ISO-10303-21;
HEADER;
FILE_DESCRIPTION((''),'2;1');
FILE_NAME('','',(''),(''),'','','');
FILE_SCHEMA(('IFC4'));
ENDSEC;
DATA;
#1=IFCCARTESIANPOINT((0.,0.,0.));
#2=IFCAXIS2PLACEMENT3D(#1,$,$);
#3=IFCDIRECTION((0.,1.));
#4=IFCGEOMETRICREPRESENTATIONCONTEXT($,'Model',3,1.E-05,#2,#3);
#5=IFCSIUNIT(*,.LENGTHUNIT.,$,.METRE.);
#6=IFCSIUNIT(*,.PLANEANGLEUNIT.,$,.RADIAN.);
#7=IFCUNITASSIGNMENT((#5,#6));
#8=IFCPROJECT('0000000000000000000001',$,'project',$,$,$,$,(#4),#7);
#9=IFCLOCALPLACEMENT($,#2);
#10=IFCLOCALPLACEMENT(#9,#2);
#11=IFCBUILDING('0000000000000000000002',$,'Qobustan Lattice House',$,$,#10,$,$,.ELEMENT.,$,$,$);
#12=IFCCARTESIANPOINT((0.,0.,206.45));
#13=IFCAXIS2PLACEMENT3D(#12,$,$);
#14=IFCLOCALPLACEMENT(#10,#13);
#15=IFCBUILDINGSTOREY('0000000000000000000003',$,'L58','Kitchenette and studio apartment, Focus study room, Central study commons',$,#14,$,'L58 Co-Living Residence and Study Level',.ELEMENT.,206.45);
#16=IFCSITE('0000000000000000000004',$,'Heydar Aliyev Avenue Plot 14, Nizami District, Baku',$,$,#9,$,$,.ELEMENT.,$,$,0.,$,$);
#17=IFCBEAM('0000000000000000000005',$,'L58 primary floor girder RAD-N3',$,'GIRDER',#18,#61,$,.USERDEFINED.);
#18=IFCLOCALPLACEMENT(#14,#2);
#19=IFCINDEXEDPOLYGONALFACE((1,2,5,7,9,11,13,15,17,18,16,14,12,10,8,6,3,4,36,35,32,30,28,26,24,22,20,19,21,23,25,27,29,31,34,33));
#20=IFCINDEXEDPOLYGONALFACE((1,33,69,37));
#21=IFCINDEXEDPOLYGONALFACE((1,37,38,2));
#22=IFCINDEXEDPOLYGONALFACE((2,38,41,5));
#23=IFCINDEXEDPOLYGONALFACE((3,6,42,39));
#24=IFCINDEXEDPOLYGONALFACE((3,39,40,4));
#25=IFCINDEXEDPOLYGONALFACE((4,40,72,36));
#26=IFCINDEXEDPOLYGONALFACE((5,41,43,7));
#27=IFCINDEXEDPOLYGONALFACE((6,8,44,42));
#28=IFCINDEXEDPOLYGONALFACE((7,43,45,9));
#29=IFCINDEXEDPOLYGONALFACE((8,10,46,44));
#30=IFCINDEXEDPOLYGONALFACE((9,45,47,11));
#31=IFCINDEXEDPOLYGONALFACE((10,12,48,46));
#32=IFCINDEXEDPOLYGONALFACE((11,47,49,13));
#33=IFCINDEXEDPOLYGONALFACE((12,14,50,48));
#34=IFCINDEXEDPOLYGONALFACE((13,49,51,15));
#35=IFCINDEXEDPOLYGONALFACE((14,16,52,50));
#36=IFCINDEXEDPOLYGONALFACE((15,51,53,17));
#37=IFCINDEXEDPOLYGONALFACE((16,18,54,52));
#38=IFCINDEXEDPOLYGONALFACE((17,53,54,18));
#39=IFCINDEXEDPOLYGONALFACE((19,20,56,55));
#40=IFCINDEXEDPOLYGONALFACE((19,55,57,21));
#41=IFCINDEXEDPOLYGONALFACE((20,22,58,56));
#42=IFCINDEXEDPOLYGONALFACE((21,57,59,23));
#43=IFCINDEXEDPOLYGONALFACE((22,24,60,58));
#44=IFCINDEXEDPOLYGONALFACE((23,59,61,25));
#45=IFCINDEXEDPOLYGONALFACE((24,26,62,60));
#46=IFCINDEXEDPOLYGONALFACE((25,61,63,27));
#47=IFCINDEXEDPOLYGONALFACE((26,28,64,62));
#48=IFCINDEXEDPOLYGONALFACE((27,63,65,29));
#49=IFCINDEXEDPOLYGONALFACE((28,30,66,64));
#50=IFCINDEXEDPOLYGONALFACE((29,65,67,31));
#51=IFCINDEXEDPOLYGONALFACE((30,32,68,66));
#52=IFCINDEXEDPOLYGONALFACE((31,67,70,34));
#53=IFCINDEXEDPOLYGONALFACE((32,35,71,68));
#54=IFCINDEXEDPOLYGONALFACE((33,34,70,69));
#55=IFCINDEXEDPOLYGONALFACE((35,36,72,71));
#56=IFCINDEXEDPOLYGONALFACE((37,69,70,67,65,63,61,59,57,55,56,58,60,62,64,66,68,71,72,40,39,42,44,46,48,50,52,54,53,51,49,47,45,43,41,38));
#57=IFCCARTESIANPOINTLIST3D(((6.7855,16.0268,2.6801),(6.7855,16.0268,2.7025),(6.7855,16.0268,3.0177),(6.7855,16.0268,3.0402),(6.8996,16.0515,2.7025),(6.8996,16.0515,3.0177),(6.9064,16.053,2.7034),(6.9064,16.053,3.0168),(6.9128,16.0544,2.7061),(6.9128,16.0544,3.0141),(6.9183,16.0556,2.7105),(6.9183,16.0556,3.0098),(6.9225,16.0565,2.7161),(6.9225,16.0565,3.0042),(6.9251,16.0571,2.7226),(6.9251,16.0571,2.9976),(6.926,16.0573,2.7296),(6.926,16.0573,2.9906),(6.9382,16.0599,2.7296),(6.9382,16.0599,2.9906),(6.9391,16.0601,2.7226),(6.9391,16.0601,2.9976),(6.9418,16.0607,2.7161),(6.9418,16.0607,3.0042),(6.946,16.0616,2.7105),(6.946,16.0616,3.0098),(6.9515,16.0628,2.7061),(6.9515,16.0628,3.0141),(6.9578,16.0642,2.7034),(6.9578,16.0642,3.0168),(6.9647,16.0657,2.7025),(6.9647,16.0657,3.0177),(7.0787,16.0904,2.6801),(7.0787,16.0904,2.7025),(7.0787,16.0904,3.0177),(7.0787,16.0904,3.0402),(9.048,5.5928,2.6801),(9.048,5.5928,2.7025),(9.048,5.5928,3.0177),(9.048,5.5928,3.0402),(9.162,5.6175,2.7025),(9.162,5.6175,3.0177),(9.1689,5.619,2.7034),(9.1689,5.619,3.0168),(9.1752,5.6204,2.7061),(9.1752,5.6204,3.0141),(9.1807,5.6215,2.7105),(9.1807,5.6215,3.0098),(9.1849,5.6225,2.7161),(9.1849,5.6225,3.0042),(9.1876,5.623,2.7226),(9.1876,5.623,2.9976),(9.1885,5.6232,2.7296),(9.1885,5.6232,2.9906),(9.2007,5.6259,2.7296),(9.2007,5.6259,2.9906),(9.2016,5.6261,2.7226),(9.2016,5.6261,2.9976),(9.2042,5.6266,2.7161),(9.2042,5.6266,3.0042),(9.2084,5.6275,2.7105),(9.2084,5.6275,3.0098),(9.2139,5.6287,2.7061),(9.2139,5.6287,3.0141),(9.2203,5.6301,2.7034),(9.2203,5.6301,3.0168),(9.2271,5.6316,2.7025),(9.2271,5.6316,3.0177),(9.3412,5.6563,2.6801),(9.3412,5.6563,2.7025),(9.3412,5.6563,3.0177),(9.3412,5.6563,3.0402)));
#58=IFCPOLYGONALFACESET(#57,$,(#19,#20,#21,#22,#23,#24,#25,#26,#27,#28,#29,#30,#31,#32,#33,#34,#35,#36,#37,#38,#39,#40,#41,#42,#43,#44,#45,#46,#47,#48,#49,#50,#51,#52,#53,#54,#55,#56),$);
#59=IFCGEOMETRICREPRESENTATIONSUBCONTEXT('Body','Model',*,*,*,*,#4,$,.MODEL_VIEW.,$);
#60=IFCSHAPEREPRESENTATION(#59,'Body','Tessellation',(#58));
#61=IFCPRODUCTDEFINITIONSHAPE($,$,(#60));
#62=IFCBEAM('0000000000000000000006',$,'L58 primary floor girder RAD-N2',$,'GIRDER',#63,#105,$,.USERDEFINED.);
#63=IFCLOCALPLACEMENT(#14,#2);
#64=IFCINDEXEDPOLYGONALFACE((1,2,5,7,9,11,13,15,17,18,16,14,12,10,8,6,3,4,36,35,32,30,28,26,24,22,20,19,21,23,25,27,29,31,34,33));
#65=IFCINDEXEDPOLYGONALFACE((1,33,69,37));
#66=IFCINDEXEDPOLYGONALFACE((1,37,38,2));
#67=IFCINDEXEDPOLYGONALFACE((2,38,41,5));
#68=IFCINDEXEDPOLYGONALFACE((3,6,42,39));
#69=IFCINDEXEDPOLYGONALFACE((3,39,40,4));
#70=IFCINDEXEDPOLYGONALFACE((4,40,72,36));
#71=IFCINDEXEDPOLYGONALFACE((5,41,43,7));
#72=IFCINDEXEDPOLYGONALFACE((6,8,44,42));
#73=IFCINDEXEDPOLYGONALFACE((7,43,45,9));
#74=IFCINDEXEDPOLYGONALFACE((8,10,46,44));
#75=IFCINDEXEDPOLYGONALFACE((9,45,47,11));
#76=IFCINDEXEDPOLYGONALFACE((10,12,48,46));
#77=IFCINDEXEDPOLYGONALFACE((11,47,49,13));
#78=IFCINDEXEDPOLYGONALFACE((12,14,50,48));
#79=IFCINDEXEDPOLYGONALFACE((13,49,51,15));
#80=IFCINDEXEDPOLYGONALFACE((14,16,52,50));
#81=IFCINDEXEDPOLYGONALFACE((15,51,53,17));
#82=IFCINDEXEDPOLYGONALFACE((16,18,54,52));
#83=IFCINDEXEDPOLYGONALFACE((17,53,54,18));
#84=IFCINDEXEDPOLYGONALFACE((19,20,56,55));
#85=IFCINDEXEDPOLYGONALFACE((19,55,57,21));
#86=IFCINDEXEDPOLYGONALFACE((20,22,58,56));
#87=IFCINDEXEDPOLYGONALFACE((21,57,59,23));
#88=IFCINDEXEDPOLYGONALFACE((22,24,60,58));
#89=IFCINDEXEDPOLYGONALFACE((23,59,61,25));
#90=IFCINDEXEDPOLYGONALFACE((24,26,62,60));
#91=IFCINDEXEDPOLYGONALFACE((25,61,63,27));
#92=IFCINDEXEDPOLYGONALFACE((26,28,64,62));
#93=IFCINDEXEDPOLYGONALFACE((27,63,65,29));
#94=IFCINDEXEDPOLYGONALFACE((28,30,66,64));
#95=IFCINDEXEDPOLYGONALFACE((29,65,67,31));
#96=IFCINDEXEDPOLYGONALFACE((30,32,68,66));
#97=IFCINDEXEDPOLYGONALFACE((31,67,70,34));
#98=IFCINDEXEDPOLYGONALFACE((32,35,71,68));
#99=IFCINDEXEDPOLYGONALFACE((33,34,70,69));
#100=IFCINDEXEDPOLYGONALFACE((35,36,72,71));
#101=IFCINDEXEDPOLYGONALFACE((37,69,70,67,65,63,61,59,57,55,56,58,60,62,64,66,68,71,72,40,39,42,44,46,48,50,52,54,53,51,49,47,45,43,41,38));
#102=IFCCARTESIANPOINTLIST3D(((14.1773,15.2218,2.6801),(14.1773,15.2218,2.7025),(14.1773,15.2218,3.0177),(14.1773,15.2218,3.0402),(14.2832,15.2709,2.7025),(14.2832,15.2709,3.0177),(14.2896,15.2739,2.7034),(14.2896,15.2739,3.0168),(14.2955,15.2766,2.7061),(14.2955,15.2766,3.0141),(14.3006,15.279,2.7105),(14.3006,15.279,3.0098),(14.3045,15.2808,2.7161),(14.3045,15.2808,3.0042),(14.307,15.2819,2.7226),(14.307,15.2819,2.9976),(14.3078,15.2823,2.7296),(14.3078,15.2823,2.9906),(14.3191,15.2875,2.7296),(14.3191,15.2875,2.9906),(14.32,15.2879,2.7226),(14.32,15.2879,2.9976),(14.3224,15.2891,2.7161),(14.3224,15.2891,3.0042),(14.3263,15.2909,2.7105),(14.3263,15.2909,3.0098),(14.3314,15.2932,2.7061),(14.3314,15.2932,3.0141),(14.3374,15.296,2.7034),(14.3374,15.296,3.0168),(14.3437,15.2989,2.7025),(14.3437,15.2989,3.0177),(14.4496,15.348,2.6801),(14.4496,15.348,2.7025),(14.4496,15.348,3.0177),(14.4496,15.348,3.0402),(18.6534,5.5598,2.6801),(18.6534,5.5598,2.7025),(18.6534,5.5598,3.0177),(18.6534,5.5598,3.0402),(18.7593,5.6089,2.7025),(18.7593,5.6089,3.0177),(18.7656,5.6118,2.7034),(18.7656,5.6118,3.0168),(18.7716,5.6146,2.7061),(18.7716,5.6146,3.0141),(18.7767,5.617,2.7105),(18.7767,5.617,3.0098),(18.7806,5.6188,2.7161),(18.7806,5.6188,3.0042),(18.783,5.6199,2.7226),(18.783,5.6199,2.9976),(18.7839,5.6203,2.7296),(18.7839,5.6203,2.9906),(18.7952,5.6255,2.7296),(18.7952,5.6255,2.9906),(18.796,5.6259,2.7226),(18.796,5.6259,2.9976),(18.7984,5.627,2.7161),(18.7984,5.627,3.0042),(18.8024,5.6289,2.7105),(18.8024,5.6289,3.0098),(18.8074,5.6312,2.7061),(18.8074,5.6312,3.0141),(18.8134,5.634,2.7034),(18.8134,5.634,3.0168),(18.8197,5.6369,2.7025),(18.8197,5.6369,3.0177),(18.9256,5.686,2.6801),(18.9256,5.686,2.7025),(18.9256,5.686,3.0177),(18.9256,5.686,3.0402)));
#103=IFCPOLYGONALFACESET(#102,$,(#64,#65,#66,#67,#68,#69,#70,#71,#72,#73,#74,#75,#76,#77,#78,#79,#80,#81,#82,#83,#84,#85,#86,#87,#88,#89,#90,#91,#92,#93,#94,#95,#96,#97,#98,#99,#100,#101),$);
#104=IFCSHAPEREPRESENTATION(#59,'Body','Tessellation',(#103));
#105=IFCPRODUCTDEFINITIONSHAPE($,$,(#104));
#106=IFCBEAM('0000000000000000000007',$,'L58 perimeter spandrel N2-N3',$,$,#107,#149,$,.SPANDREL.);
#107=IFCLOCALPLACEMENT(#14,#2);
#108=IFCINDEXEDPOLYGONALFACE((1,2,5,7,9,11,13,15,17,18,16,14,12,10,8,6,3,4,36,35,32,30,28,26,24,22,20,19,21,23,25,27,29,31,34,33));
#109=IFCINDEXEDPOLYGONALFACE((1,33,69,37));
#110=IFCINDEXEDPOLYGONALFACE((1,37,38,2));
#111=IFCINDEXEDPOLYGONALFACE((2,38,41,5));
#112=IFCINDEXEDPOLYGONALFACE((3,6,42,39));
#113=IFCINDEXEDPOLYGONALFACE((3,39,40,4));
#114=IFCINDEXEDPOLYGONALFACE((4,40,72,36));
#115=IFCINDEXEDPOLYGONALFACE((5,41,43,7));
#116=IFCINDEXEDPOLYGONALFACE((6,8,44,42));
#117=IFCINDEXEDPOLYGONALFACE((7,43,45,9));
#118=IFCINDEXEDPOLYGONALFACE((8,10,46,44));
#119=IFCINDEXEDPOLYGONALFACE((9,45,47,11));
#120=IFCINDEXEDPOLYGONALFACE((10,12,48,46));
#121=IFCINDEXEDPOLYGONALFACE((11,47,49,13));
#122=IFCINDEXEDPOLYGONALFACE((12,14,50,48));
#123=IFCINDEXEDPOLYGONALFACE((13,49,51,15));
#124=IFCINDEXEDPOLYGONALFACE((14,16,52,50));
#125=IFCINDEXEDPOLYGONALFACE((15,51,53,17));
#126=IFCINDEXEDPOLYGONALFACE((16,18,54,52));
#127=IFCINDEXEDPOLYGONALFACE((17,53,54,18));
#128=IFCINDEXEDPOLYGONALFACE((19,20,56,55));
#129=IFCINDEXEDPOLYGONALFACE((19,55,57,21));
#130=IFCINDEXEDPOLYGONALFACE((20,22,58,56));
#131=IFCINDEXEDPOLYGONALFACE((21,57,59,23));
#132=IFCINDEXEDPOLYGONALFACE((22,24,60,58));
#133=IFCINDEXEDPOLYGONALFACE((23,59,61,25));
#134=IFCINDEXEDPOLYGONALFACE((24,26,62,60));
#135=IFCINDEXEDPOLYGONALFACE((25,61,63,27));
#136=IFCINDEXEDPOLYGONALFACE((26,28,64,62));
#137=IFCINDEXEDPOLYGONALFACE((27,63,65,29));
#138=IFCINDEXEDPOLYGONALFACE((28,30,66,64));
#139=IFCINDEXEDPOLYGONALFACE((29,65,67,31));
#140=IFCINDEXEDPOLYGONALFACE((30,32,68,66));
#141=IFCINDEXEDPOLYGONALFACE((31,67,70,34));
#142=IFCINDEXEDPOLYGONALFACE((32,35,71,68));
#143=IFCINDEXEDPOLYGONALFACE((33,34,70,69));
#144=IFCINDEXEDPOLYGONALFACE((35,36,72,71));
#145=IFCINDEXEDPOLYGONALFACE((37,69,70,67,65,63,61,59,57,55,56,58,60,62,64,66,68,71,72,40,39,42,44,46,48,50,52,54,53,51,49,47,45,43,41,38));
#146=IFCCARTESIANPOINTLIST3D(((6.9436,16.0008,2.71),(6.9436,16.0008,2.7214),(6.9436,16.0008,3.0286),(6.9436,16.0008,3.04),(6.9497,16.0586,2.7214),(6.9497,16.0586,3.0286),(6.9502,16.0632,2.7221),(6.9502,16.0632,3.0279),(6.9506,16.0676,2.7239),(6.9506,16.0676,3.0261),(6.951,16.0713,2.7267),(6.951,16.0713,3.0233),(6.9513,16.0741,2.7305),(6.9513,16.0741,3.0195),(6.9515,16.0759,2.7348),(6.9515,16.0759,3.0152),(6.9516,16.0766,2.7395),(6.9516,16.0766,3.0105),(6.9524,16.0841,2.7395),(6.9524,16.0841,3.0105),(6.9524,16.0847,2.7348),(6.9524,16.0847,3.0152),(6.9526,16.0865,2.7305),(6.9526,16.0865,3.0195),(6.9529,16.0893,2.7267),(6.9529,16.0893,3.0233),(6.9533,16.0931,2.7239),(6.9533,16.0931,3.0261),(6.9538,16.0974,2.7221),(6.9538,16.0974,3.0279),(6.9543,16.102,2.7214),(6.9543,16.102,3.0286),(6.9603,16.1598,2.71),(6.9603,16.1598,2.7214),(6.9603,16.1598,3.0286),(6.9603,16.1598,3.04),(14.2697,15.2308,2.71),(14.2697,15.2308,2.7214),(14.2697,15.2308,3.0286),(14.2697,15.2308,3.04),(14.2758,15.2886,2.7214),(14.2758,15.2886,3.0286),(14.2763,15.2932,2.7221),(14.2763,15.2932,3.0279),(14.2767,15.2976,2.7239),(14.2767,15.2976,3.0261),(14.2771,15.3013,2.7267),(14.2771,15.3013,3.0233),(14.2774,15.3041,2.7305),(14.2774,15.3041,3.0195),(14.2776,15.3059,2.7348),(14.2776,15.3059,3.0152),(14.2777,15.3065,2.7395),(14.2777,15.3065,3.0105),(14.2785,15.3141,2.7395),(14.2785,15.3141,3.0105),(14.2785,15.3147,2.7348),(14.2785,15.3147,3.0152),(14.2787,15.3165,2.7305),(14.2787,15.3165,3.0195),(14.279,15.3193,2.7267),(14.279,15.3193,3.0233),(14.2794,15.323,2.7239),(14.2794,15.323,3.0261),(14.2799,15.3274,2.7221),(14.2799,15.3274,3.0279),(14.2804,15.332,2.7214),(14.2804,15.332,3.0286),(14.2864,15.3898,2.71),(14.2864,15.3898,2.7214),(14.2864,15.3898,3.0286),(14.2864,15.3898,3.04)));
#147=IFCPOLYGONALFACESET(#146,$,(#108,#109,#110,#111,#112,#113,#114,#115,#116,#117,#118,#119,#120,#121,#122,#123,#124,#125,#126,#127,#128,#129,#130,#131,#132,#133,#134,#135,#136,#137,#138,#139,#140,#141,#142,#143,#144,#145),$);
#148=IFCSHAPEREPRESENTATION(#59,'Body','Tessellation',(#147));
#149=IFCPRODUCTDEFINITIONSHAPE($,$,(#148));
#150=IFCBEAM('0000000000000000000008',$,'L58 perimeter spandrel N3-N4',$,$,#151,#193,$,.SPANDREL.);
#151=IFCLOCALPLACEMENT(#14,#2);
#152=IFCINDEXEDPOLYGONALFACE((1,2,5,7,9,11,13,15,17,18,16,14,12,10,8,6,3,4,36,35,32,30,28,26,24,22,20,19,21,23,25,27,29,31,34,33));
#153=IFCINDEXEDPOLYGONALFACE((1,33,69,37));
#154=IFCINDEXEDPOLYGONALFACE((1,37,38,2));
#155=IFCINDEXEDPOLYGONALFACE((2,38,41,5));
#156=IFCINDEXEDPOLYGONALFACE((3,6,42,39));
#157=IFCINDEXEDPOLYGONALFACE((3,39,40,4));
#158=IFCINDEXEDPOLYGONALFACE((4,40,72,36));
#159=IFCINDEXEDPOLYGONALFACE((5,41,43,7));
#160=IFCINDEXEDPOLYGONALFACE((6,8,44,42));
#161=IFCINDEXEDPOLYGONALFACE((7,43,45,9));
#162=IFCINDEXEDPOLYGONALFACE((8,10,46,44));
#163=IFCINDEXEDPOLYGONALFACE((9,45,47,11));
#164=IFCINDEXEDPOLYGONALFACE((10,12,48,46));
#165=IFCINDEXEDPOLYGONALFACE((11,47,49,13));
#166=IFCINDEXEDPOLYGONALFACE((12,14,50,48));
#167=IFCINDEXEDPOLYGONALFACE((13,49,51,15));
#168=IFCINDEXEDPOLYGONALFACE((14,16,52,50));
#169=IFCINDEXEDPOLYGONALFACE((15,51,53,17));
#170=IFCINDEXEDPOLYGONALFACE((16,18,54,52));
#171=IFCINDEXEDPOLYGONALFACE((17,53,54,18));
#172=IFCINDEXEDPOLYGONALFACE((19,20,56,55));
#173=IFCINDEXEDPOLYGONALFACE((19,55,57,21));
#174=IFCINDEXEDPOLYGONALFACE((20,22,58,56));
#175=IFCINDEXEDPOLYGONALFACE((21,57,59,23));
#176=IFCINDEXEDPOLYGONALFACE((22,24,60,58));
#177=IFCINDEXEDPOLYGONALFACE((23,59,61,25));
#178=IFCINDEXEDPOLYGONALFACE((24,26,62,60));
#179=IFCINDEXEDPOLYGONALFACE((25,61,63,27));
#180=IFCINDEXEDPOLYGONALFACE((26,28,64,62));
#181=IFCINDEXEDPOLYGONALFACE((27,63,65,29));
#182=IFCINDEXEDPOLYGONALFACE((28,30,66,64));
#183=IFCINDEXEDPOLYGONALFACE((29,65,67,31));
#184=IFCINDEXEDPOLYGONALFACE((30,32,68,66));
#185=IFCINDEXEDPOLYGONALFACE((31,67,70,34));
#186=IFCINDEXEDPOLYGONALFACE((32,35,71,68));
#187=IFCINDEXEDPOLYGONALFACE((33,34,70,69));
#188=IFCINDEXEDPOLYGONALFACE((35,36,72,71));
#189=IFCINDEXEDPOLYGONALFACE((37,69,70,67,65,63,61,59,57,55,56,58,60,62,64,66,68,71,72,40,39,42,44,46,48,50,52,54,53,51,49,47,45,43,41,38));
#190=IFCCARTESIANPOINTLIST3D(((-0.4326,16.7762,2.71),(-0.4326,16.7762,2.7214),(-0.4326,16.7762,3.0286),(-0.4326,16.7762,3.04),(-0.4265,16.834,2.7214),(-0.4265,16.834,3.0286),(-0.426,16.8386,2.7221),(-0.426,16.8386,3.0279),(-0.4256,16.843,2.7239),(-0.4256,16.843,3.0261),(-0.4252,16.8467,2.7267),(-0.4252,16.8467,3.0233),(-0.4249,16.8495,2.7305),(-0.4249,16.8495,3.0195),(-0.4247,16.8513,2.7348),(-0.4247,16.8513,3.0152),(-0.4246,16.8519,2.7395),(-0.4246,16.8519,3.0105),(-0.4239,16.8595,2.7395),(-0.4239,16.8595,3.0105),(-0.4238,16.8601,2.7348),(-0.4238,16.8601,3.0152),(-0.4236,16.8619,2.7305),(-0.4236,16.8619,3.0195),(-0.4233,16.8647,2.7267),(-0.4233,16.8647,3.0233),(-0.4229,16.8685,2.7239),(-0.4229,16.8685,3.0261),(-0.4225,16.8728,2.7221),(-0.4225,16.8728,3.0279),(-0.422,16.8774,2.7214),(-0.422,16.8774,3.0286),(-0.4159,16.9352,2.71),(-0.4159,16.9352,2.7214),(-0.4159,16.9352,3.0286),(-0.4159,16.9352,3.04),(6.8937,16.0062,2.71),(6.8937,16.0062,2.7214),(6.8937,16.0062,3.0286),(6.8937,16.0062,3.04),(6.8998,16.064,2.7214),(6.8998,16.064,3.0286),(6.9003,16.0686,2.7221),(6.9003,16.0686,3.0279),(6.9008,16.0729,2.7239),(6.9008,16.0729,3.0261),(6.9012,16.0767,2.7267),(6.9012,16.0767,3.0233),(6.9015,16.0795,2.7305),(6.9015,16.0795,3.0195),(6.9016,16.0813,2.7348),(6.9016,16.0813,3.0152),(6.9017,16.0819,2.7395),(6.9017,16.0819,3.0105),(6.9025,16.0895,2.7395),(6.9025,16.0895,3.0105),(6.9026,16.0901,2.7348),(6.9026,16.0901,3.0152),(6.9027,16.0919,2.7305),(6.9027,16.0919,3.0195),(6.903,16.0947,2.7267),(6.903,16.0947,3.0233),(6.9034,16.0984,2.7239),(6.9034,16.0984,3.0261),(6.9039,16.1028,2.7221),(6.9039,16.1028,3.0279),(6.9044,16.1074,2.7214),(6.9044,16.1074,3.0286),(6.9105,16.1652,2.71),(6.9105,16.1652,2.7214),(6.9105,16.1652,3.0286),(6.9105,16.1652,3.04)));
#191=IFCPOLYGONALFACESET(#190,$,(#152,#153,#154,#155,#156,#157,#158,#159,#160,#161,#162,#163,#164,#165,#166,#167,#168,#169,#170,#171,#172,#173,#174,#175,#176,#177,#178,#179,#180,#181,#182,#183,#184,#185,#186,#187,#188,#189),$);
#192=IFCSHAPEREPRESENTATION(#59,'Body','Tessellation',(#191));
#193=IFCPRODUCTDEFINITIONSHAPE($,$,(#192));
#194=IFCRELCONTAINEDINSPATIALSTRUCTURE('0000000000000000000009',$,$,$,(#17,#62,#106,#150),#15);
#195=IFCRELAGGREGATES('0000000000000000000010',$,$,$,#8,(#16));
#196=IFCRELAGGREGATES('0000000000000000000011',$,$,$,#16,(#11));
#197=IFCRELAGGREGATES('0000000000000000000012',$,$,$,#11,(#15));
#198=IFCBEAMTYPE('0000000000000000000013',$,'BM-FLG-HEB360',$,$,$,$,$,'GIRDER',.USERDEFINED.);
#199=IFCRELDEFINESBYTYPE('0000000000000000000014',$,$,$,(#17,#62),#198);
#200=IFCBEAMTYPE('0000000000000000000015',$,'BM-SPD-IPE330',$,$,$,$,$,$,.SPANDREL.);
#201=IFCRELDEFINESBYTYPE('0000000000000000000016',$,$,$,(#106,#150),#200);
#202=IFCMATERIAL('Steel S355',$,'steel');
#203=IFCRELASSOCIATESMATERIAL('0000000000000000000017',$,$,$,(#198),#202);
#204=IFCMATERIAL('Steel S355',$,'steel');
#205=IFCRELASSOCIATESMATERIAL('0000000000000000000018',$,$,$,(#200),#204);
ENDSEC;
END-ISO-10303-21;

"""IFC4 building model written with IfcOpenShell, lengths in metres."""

from ifc_helpers import new_model, si_unit, direction, frame, origin, origin_2d, place, context, subcontext, project, spatial, i_section, extrude, material, material_profile, profile_set, type_object, element, save


model = new_model("IFC4")

# Units and contexts
model_context = context("Model", 3, precision=1e-05, world=origin(), true_north=direction((0.0, 1.0)))
body_context = subcontext(model_context, "Body", "Model", "MODEL_VIEW")
ifc_project = project(units=[si_unit("LENGTHUNIT", "METRE"), si_unit("PLANEANGLEUNIT", "RADIAN")], contexts=[model_context])

# Site, building, storey
site_placement = place(None, origin())
site = spatial("IfcSite", under=ifc_project, at=site_placement, Name="Heydar Aliyev Avenue Plot 14, Nizami District, Baku", CompositionType="ELEMENT", RefElevation=0.0)
building_placement = place(site_placement, origin())
building = spatial("IfcBuilding", under=site, at=building_placement, Name="Qobustan Lattice House", CompositionType="ELEMENT")
storey_placement = place(building_placement, frame((0.0, 0.0, 206.45)))
storey = spatial("IfcBuildingStorey", under=building, at=storey_placement, Name="L58", Description="Kitchenette and studio apartment, Focus study room, Central study commons", LongName="L58 Co-Living Residence and Study Level", CompositionType="ELEMENT", Elevation=206.45)

# Beams
ifc_material_1 = material(Name="Steel S355", Category="steel")
ifc_material_profile_1 = material_profile(ifc_material_1, i_section(OverallWidth=0.3, OverallDepth=0.3601, WebThickness=0.0125, FlangeThickness=0.0225, FilletRadius=0.0271, at=origin_2d()), Name="HEB360")
ifc_profile_set_1 = profile_set([ifc_material_profile_1], Name="Steel S355")
beam_type_1 = type_object("IfcBeamType", Name="BM-FLG-HEB360", ElementType="GIRDER", PredefinedType="USERDEFINED", material=ifc_profile_set_1)
beam_1_placement = place(storey_placement, frame((6.9321, 16.0586, 2.8601), z_axis=(0.211908, -0.97729, 0.0), x_axis=(0.97729, 0.211908, 0.0)))
element("IfcBeam", 1, at=beam_1_placement, inside=storey, type_object=beam_type_1, Name="L58 primary floor girder RAD-N3", ObjectType="GIRDER", PredefinedType="USERDEFINED", context=body_context, shape_type="SweptSolid", body=[
    extrude(i_section(OverallWidth=0.3, OverallDepth=0.3601, WebThickness=0.0125, FlangeThickness=0.0225, FilletRadius=0.0271, at=origin_2d()), origin(), (0.0, 0.0, 1.0), 10.6765),
])
beam_2_placement = place(storey_placement, frame((14.3135, 15.2849, 2.8601), z_axis=(0.420346, -0.907364, 0.0), x_axis=(0.907364, 0.420346, 0.0)))
element("IfcBeam", 2, at=beam_2_placement, inside=storey, type_object=beam_type_1, Name="L58 primary floor girder RAD-N2", ObjectType="GIRDER", PredefinedType="USERDEFINED", context=body_context, shape_type="SweptSolid", body=[
    extrude(i_section(OverallWidth=0.3, OverallDepth=0.3601, WebThickness=0.0125, FlangeThickness=0.0225, FilletRadius=0.0271, at=origin_2d()), origin(), (0.0, 0.0, 1.0), 10.6484),
])
ifc_material_2 = material(Name="Steel S355", Category="steel")
ifc_material_profile_2 = material_profile(ifc_material_2, i_section(OverallWidth=0.1599, OverallDepth=0.3301, WebThickness=0.0076, FlangeThickness=0.0115, FilletRadius=0.0181, at=origin_2d()), Name="IPE330")
ifc_profile_set_2 = profile_set([ifc_material_profile_2], Name="Steel S355")
beam_type_2 = type_object("IfcBeamType", Name="BM-SPD-IPE330", PredefinedType="SPANDREL", material=ifc_profile_set_2)
beam_3_placement = place(storey_placement, frame((14.2781, 15.3103, 2.875), z_axis=(-0.994522, 0.10453, 0.0), x_axis=(-0.10453, -0.994522, 0.0)))
element("IfcBeam", 3, at=beam_3_placement, inside=storey, type_object=beam_type_2, Name="L58 perimeter spandrel N2-N3", PredefinedType="SPANDREL", context=body_context, shape_type="SweptSolid", body=[
    extrude(i_section(OverallWidth=0.1599, OverallDepth=0.3301, WebThickness=0.0076, FlangeThickness=0.0115, FilletRadius=0.0181, at=origin_2d()), origin(), (0.0, 0.0, 1.0), 7.3665),
])
beam_4_placement = place(storey_placement, frame((6.9021, 16.0857, 2.875), z_axis=(-0.994522, 0.104526, 0.0), x_axis=(-0.104526, -0.994522, 0.0)))
element("IfcBeam", 4, at=beam_4_placement, inside=storey, type_object=beam_type_2, Name="L58 perimeter spandrel N3-N4", PredefinedType="SPANDREL", context=body_context, shape_type="SweptSolid", body=[
    extrude(i_section(OverallWidth=0.1599, OverallDepth=0.3301, WebThickness=0.0076, FlangeThickness=0.0115, FilletRadius=0.0181, at=origin_2d()), origin(), (0.0, 0.0, 1.0), 7.3667),
])

save(model, "model.ifc")
